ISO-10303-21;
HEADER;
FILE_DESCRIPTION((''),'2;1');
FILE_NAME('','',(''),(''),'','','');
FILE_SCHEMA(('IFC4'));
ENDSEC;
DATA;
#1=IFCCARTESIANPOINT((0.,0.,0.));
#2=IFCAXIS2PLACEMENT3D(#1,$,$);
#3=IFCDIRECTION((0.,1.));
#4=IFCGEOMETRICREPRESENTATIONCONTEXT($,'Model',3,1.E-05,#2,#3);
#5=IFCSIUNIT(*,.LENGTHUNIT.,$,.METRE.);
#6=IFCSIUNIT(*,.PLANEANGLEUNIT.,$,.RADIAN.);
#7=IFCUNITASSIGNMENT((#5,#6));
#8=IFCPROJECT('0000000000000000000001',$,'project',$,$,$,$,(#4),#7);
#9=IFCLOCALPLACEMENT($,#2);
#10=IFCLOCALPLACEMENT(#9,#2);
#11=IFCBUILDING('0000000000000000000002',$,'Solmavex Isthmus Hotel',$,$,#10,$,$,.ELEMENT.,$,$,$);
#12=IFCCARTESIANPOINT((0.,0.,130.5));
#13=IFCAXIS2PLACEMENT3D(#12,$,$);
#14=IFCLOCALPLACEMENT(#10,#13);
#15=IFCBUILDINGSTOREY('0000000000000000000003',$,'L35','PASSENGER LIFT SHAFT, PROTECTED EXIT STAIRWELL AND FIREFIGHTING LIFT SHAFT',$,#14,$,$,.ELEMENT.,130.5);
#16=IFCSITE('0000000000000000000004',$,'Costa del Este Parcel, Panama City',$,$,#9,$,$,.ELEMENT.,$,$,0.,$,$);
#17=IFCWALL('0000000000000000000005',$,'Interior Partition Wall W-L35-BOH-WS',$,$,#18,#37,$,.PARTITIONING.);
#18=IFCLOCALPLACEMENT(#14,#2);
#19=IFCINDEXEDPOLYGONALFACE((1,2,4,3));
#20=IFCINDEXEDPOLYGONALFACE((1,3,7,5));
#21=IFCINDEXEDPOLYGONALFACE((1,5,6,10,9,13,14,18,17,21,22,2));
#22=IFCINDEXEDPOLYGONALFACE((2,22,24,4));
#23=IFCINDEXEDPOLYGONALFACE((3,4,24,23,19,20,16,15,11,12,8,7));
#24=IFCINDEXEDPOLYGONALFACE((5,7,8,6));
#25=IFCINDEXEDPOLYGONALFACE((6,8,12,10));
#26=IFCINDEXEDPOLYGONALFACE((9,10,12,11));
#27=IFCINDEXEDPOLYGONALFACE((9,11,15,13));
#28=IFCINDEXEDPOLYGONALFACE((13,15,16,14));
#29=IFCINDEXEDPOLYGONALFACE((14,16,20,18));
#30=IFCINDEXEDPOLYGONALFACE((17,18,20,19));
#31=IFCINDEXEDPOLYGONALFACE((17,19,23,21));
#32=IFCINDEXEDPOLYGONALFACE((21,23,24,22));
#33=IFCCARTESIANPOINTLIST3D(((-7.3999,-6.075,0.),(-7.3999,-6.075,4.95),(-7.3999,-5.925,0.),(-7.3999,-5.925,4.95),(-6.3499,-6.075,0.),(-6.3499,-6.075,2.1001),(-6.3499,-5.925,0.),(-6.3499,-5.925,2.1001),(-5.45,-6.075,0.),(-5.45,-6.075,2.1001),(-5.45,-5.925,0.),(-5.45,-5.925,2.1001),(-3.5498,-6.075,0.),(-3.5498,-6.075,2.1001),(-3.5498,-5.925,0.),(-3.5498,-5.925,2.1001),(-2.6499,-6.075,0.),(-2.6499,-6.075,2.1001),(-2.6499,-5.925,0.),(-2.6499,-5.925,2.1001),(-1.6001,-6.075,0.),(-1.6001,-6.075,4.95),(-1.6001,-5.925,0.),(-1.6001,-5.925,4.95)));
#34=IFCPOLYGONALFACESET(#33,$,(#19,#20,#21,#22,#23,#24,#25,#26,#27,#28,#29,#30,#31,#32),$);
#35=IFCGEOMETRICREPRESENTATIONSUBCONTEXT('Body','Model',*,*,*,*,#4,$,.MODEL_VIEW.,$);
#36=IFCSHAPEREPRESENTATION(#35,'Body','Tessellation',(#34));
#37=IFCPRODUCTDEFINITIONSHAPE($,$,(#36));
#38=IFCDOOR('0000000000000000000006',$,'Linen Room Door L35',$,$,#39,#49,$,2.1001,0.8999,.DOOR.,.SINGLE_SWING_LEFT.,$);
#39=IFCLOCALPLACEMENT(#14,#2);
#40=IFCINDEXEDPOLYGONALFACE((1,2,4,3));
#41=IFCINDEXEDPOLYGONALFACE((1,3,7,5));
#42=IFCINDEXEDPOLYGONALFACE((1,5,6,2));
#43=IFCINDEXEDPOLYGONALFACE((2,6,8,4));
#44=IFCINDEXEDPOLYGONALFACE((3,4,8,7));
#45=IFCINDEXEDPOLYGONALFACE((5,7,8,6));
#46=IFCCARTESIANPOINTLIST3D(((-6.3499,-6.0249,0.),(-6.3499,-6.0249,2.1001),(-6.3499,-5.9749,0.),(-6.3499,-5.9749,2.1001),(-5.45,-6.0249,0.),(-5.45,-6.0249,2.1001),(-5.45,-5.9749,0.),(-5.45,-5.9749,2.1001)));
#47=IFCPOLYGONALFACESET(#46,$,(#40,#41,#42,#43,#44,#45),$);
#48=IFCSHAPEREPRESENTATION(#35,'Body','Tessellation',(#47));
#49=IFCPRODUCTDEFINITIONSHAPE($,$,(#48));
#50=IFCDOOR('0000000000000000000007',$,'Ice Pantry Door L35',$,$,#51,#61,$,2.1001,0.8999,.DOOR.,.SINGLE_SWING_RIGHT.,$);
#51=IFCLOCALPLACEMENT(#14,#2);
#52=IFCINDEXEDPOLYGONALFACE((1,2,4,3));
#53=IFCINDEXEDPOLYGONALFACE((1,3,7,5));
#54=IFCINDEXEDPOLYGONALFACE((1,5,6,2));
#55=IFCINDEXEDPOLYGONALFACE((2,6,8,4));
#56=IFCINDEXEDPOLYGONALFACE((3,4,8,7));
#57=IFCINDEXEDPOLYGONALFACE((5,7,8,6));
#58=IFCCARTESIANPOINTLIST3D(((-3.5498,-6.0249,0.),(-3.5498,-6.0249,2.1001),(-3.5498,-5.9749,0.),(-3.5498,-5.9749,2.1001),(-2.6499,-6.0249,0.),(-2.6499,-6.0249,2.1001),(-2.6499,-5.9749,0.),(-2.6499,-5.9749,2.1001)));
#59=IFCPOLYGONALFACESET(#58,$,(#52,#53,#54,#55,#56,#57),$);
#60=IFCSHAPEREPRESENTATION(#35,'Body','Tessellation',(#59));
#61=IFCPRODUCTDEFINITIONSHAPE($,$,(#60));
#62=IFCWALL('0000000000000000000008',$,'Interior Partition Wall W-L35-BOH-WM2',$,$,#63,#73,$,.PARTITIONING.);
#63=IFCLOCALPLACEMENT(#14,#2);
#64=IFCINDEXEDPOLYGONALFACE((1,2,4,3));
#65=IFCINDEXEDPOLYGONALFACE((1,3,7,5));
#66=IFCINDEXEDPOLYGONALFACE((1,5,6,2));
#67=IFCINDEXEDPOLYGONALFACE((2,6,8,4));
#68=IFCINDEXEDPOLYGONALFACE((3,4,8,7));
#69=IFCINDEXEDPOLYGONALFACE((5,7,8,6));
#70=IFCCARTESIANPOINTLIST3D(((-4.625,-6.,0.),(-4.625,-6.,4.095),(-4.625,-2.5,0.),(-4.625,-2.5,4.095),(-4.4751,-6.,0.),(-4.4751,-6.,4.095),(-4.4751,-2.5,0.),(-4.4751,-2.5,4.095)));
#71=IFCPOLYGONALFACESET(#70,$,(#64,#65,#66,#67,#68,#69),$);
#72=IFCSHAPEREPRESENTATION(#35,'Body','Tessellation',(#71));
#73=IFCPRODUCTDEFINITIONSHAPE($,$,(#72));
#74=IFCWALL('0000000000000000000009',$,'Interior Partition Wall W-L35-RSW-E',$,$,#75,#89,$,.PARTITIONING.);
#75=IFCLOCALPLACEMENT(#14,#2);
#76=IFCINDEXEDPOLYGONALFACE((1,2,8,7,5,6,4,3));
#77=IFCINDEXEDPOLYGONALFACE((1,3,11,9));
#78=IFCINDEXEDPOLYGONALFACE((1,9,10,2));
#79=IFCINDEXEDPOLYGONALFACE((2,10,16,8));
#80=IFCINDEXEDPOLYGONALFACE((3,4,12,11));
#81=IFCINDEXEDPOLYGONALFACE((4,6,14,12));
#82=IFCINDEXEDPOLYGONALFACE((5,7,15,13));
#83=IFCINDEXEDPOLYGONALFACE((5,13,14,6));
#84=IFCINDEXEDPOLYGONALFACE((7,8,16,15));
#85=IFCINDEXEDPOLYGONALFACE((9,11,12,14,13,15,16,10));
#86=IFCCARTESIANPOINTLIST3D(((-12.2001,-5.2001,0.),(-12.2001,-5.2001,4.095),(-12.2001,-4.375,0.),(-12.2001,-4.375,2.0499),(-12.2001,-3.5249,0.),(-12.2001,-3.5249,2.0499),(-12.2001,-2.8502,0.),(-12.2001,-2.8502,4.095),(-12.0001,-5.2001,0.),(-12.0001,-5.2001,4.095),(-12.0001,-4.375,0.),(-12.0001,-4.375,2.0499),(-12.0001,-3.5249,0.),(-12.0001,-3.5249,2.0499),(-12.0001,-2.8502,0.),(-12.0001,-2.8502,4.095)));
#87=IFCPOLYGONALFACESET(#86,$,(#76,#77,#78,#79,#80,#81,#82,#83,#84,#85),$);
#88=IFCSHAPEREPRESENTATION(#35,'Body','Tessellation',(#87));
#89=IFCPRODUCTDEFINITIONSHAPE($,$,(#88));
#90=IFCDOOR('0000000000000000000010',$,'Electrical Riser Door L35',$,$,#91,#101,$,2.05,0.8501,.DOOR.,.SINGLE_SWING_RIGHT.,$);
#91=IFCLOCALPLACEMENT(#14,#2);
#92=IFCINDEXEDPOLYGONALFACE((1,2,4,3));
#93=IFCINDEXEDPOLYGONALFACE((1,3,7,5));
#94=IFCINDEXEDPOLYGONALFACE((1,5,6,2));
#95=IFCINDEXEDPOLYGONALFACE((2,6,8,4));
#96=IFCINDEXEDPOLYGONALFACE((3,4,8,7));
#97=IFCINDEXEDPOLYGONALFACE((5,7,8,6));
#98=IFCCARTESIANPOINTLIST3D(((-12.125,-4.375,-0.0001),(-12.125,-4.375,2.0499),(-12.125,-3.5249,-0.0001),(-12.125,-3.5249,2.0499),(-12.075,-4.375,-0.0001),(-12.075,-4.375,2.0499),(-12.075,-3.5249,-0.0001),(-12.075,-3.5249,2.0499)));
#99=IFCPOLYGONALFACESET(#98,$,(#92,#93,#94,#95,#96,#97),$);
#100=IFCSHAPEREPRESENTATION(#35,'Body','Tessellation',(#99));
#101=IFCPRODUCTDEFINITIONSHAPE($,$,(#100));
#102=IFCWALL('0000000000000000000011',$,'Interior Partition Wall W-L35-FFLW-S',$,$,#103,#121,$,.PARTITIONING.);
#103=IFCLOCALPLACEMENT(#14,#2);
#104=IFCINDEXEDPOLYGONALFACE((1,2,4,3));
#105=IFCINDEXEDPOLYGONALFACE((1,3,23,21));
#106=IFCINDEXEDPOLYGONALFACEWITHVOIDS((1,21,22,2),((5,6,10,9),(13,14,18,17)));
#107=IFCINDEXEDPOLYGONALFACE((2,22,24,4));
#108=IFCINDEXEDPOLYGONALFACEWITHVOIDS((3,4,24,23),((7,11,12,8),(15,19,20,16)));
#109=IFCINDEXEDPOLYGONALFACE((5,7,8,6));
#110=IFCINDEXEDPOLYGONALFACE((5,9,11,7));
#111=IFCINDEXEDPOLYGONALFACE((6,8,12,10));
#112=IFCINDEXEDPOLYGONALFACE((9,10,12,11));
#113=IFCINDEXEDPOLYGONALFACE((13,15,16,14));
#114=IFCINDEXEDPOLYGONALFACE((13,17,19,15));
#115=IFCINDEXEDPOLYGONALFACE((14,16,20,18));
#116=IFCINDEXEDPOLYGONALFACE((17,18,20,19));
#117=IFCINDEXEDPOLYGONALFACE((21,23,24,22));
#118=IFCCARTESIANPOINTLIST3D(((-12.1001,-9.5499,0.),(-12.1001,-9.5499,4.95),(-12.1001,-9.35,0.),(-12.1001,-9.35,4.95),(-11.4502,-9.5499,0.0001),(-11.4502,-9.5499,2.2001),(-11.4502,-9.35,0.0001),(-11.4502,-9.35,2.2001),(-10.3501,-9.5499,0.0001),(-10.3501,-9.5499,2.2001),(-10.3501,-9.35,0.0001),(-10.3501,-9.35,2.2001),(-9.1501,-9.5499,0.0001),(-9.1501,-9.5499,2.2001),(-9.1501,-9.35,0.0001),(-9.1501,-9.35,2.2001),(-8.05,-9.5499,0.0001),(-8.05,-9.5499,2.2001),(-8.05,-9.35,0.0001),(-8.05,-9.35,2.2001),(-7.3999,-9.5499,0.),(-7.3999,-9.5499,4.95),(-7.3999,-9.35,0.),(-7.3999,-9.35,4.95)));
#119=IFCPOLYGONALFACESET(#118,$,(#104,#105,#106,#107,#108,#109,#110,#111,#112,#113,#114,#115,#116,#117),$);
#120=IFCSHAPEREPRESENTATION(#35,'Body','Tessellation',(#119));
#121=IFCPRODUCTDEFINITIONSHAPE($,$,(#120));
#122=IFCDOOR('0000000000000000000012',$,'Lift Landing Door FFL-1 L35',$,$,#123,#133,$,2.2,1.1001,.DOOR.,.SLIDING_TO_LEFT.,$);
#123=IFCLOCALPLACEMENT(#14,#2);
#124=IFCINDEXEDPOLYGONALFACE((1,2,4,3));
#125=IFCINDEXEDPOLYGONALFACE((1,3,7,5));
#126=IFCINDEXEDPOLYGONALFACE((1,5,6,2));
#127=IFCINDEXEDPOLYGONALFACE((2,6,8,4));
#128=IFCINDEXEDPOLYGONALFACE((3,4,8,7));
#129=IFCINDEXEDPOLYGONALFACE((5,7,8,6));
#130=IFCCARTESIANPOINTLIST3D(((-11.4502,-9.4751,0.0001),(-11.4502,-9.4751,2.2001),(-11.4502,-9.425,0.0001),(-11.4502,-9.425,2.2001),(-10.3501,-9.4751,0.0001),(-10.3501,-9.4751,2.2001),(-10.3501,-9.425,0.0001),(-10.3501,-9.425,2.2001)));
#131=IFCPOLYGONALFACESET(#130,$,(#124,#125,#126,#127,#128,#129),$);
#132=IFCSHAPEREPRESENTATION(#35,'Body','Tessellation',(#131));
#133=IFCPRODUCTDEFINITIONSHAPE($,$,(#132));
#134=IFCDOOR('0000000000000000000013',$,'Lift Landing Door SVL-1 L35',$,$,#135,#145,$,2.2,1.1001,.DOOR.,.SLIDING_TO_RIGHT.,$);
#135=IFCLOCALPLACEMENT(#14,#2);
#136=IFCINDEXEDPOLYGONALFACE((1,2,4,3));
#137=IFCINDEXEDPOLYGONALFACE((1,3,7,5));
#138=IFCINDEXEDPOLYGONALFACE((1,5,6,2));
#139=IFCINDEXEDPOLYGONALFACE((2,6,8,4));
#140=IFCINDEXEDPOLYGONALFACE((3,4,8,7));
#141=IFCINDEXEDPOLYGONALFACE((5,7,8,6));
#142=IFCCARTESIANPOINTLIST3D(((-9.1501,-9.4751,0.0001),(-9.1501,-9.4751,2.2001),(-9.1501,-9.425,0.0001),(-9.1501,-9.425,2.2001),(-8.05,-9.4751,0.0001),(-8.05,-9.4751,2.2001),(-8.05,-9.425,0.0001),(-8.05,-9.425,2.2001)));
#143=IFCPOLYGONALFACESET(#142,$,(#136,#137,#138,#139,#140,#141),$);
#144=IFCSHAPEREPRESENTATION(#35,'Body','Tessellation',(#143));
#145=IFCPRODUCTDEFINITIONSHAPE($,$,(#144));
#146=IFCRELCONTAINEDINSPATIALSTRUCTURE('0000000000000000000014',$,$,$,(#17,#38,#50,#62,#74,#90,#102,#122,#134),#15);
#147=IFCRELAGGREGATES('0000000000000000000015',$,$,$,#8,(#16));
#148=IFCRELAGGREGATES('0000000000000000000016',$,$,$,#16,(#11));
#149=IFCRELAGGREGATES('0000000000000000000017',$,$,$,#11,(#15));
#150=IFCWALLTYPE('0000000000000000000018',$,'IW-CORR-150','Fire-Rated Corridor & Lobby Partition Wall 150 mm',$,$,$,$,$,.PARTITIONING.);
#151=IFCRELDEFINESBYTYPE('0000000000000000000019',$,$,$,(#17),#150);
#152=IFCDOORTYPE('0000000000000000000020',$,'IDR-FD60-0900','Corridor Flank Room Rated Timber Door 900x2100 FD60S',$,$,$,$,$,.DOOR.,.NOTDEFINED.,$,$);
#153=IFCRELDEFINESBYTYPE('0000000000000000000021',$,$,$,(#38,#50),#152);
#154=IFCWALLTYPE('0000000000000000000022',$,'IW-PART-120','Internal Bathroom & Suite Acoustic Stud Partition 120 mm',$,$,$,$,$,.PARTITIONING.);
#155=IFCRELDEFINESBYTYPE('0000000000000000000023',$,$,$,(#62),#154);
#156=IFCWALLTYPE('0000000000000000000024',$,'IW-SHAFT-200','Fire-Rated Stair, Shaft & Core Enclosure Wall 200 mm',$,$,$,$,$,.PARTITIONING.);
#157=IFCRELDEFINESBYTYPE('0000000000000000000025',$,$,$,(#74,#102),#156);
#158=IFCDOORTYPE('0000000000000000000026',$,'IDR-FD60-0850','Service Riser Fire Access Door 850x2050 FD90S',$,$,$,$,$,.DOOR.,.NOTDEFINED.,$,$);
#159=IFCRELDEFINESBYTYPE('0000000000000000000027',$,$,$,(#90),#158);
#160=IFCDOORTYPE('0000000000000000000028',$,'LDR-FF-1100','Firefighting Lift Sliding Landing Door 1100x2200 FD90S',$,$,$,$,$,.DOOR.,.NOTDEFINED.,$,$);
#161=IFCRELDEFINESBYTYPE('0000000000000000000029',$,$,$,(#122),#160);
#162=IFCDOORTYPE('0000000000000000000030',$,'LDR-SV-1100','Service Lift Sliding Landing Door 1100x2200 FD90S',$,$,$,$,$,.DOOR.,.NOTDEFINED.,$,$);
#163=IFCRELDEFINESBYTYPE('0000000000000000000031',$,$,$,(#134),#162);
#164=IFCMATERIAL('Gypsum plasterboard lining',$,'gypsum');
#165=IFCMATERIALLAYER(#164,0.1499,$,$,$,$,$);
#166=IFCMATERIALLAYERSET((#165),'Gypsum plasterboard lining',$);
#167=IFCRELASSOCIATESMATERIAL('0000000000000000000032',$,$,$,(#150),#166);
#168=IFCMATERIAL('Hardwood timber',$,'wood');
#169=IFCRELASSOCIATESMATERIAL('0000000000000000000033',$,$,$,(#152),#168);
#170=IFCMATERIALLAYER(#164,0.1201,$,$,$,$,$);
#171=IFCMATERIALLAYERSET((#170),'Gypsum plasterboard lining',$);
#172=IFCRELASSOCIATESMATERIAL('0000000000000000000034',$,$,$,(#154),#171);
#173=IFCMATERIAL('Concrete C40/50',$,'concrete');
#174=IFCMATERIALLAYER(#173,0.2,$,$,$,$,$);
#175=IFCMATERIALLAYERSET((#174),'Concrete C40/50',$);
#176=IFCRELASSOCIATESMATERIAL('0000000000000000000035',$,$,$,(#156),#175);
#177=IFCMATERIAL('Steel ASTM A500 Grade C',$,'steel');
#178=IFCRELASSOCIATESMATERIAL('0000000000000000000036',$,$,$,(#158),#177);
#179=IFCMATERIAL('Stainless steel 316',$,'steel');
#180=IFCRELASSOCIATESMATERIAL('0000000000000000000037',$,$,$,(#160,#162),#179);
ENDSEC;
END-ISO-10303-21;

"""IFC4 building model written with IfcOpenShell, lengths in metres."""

from ifc_helpers import new_model, si_unit, direction, frame, frame_2d, origin, place, context, subcontext, project, spatial, rectangle, extrude, material, layer, layer_set, type_object, element, fill, save


model = new_model("IFC4")

# Units and contexts
model_context = context("Model", 3, precision=1e-05, world=origin(), true_north=direction((0.0, 1.0)))
body_context = subcontext(model_context, "Body", "Model", "MODEL_VIEW")
ifc_project = project(units=[si_unit("LENGTHUNIT", "METRE"), si_unit("PLANEANGLEUNIT", "RADIAN")], contexts=[model_context])

# Site, building, storey
site_placement = place(None, origin())
site = spatial("IfcSite", under=ifc_project, at=site_placement, Name="Costa del Este Parcel, Panama City", CompositionType="ELEMENT", RefElevation=0.0)
building_placement = place(site_placement, origin())
building = spatial("IfcBuilding", under=site, at=building_placement, Name="Solmavex Isthmus Hotel", CompositionType="ELEMENT")
storey_placement = place(building_placement, frame((0.0, 0.0, 130.5)))
storey = spatial("IfcBuildingStorey", under=building, at=storey_placement, Name="L35", Description="PASSENGER LIFT SHAFT, PROTECTED EXIT STAIRWELL AND FIREFIGHTING LIFT SHAFT", CompositionType="ELEMENT", Elevation=130.5)

# Shared definitions
ifc_material_1 = material(Name="Gypsum plasterboard lining", Category="gypsum")
ifc_material_2 = material(Name="Hardwood timber", Category="wood")

# Wall, openings, doors
ifc_layer_1 = layer(ifc_material_1, 0.1499)
ifc_layer_set_1 = layer_set([ifc_layer_1], Name="Gypsum plasterboard lining")
wall_type_1 = type_object("IfcWallType", Name="IW-CORR-150", Description="Fire-Rated Corridor & Lobby Partition Wall 150 mm", PredefinedType="PARTITIONING", material=ifc_layer_set_1)
wall_1_placement = place(storey_placement, frame((-7.3999, -6.0, 0.0), z_axis=(0.0, 0.0, 1.0), x_axis=(1.0, 0.0, 0.0)))
wall_1 = element("IfcWall", 1, at=wall_1_placement, inside=storey, type_object=wall_type_1, Name="Interior Partition Wall W-L35-BOH-WS", PredefinedType="PARTITIONING", context=body_context, shape_type="SweptSolid", body=[
    extrude(rectangle(XDim=5.7998, YDim=0.1499, at=frame_2d((2.8999, 0.0))), origin(), (0.0, 0.0, 1.0), 4.95),
])
opening_1_placement = place(wall_1_placement, frame((1.05, 0.0, 0.0)))
opening_1 = element("IfcOpeningElement", 2, at=opening_1_placement, cuts=wall_1, PredefinedType="OPENING", context=body_context, shape_type="SweptSolid", body=[
    extrude(rectangle(XDim=0.8999, YDim=2.1001, at=frame_2d((0.45, 1.05))), frame((0.0, 0.085, 0.0), z_axis=(0.0, -1.0, 0.0), x_axis=(1.0, 0.0, 0.0)), (0.0, 0.0, 1.0), 0.1699),
])
opening_2_placement = place(wall_1_placement, frame((3.8501, 0.0, 0.0)))
opening_2 = element("IfcOpeningElement", 3, at=opening_2_placement, cuts=wall_1, PredefinedType="OPENING", context=body_context, shape_type="SweptSolid", body=[
    extrude(rectangle(XDim=0.8999, YDim=2.1001, at=frame_2d((0.45, 1.05))), frame((0.0, 0.085, 0.0), z_axis=(0.0, -1.0, 0.0), x_axis=(1.0, 0.0, 0.0)), (0.0, 0.0, 1.0), 0.1699),
])
door_type_1 = type_object("IfcDoorType", Name="IDR-FD60-0900", Description="Corridor Flank Room Rated Timber Door 900x2100 FD60S", OperationType="NOTDEFINED", PredefinedType="DOOR", material=ifc_material_2)
door_1_placement = place(opening_1_placement, frame((0.8999, 0.0, 0.0), z_axis=(0.0, 0.0, 1.0), x_axis=(-1.0, 0.0, 0.0)))
door_1 = element("IfcDoor", 4, at=door_1_placement, inside=storey, type_object=door_type_1, Name="Linen Room Door L35", OperationType="SINGLE_SWING_LEFT", OverallHeight=2.1001, OverallWidth=0.8999, PredefinedType="DOOR", context=body_context, shape_type="SweptSolid", body=[
    extrude(rectangle(XDim=0.8999, YDim=2.1001, at=frame_2d((0.45, 1.05))), frame((0.0, 0.0249, 0.0), z_axis=(0.0, -1.0, 0.0), x_axis=(1.0, 0.0, 0.0)), (0.0, 0.0, 1.0), 0.05),
])
fill(opening_1, door_1)
door_2_placement = place(opening_2_placement, frame((0.8999, 0.0, 0.0), z_axis=(0.0, 0.0, 1.0), x_axis=(-1.0, 0.0, 0.0)))
door_2 = element("IfcDoor", 5, at=door_2_placement, inside=storey, type_object=door_type_1, Name="Ice Pantry Door L35", OperationType="SINGLE_SWING_RIGHT", OverallHeight=2.1001, OverallWidth=0.8999, PredefinedType="DOOR", context=body_context, shape_type="SweptSolid", body=[
    extrude(rectangle(XDim=0.8999, YDim=2.1001, at=frame_2d((0.45, 1.05))), frame((0.0, 0.0249, 0.0), z_axis=(0.0, -1.0, 0.0), x_axis=(1.0, 0.0, 0.0)), (0.0, 0.0, 1.0), 0.05),
])
fill(opening_2, door_2)

# Wall
ifc_layer_2 = layer(ifc_material_1, 0.1201)
ifc_layer_set_2 = layer_set([ifc_layer_2], Name="Gypsum plasterboard lining")
wall_type_2 = type_object("IfcWallType", Name="IW-PART-120", Description="Internal Bathroom & Suite Acoustic Stud Partition 120 mm", PredefinedType="PARTITIONING", material=ifc_layer_set_2)
wall_2_placement = place(storey_placement, frame((-4.55, -6.0, 0.0), z_axis=(0.0, 0.0, 1.0), x_axis=(0.0, 1.0, 0.0)))
element("IfcWall", 6, at=wall_2_placement, inside=storey, type_object=wall_type_2, Name="Interior Partition Wall W-L35-BOH-WM2", PredefinedType="PARTITIONING", context=body_context, shape_type="SweptSolid", body=[
    extrude(rectangle(XDim=3.5, YDim=0.1499, at=frame_2d((1.75, 0.0))), origin(), (0.0, 0.0, 1.0), 4.095),
])

# Wall, opening, door
ifc_material_3 = material(Name="Concrete C40/50", Category="concrete")
ifc_layer_3 = layer(ifc_material_3, 0.2)
ifc_layer_set_3 = layer_set([ifc_layer_3], Name="Concrete C40/50")
wall_type_3 = type_object("IfcWallType", Name="IW-SHAFT-200", Description="Fire-Rated Stair, Shaft & Core Enclosure Wall 200 mm", PredefinedType="PARTITIONING", material=ifc_layer_set_3)
wall_3_placement = place(storey_placement, frame((-12.1001, -5.2, 0.0), z_axis=(0.0, 0.0, 1.0), x_axis=(0.0, 1.0, 0.0)))
wall_3 = element("IfcWall", 7, at=wall_3_placement, inside=storey, type_object=wall_type_3, Name="Interior Partition Wall W-L35-RSW-E", PredefinedType="PARTITIONING", context=body_context, shape_type="SweptSolid", body=[
    extrude(rectangle(XDim=2.3499, YDim=0.2, at=frame_2d((1.1748, 0.0))), origin(), (0.0, 0.0, 1.0), 4.095),
])
opening_3_placement = place(wall_3_placement, frame((0.825, 0.0, 0.0)))
opening_3 = element("IfcOpeningElement", 8, at=opening_3_placement, cuts=wall_3, PredefinedType="OPENING", context=body_context, shape_type="SweptSolid", body=[
    extrude(rectangle(XDim=0.8501, YDim=2.05, at=frame_2d((0.425, 1.0249))), frame((0.0, 0.1099, 0.0), z_axis=(0.0, -1.0, 0.0), x_axis=(1.0, 0.0, 0.0)), (0.0, 0.0, 1.0), 0.22),
])
ifc_material_4 = material(Name="Steel ASTM A500 Grade C", Category="steel")
door_type_2 = type_object("IfcDoorType", Name="IDR-FD60-0850", Description="Service Riser Fire Access Door 850x2050 FD90S", OperationType="NOTDEFINED", PredefinedType="DOOR", material=ifc_material_4)
door_3_placement = place(opening_3_placement, origin())
door_3 = element("IfcDoor", 9, at=door_3_placement, inside=storey, type_object=door_type_2, Name="Electrical Riser Door L35", OperationType="SINGLE_SWING_RIGHT", OverallHeight=2.05, OverallWidth=0.8501, PredefinedType="DOOR", context=body_context, shape_type="SweptSolid", body=[
    extrude(rectangle(XDim=0.8501, YDim=2.05, at=frame_2d((0.425, 1.0249))), frame((0.0, 0.0249, 0.0), z_axis=(0.0, -1.0, 0.0), x_axis=(1.0, 0.0, 0.0)), (0.0, 0.0, 1.0), 0.05),
])
fill(opening_3, door_3)

# Wall, openings, doors
wall_4_placement = place(storey_placement, frame((-12.1001, -9.45, 0.0), z_axis=(0.0, 0.0, 1.0), x_axis=(1.0, 0.0, 0.0)))
wall_4 = element("IfcWall", 10, at=wall_4_placement, inside=storey, type_object=wall_type_3, Name="Interior Partition Wall W-L35-FFLW-S", PredefinedType="PARTITIONING", context=body_context, shape_type="SweptSolid", body=[
    extrude(rectangle(XDim=4.7002, YDim=0.2, at=frame_2d((2.3501, 0.0))), origin(), (0.0, 0.0, 1.0), 4.95),
])
opening_4_placement = place(wall_4_placement, frame((0.6499, 0.0, 0.0)))
opening_4 = element("IfcOpeningElement", 11, at=opening_4_placement, cuts=wall_4, PredefinedType="OPENING", context=body_context, shape_type="SweptSolid", body=[
    extrude(rectangle(XDim=1.1001, YDim=2.2, at=frame_2d((0.55, 1.1001))), frame((0.0, 0.1099, 0.0), z_axis=(0.0, -1.0, 0.0), x_axis=(1.0, 0.0, 0.0)), (0.0, 0.0, 1.0), 0.22),
])
opening_5_placement = place(wall_4_placement, frame((2.95, 0.0, 0.0)))
opening_5 = element("IfcOpeningElement", 12, at=opening_5_placement, cuts=wall_4, PredefinedType="OPENING", context=body_context, shape_type="SweptSolid", body=[
    extrude(rectangle(XDim=1.1001, YDim=2.2, at=frame_2d((0.55, 1.1001))), frame((0.0, 0.1099, 0.0), z_axis=(0.0, -1.0, 0.0), x_axis=(1.0, 0.0, 0.0)), (0.0, 0.0, 1.0), 0.22),
])
ifc_material_5 = material(Name="Stainless steel 316", Category="steel")
door_type_3 = type_object("IfcDoorType", Name="LDR-FF-1100", Description="Firefighting Lift Sliding Landing Door 1100x2200 FD90S", OperationType="NOTDEFINED", PredefinedType="DOOR", material=ifc_material_5)
door_4_placement = place(opening_4_placement, origin())
door_4 = element("IfcDoor", 13, at=door_4_placement, inside=storey, type_object=door_type_3, Name="Lift Landing Door FFL-1 L35", OperationType="SLIDING_TO_LEFT", OverallHeight=2.2, OverallWidth=1.1001, PredefinedType="DOOR", context=body_context, shape_type="SweptSolid", body=[
    extrude(rectangle(XDim=1.1001, YDim=2.2, at=frame_2d((0.55, 1.1001))), frame((0.0, 0.0249, 0.0), z_axis=(0.0, -1.0, 0.0), x_axis=(1.0, 0.0, 0.0)), (0.0, 0.0, 1.0), 0.05),
])
fill(opening_4, door_4)
door_type_4 = type_object("IfcDoorType", Name="LDR-SV-1100", Description="Service Lift Sliding Landing Door 1100x2200 FD90S", OperationType="NOTDEFINED", PredefinedType="DOOR", material=ifc_material_5)
door_5_placement = place(opening_5_placement, origin())
door_5 = element("IfcDoor", 14, at=door_5_placement, inside=storey, type_object=door_type_4, Name="Lift Landing Door SVL-1 L35", OperationType="SLIDING_TO_RIGHT", OverallHeight=2.2, OverallWidth=1.1001, PredefinedType="DOOR", context=body_context, shape_type="SweptSolid", body=[
    extrude(rectangle(XDim=1.1001, YDim=2.2, at=frame_2d((0.55, 1.1001))), frame((0.0, 0.0249, 0.0), z_axis=(0.0, -1.0, 0.0), x_axis=(1.0, 0.0, 0.0)), (0.0, 0.0, 1.0), 0.05),
])
fill(opening_5, door_5)

save(model, "model.ifc")
